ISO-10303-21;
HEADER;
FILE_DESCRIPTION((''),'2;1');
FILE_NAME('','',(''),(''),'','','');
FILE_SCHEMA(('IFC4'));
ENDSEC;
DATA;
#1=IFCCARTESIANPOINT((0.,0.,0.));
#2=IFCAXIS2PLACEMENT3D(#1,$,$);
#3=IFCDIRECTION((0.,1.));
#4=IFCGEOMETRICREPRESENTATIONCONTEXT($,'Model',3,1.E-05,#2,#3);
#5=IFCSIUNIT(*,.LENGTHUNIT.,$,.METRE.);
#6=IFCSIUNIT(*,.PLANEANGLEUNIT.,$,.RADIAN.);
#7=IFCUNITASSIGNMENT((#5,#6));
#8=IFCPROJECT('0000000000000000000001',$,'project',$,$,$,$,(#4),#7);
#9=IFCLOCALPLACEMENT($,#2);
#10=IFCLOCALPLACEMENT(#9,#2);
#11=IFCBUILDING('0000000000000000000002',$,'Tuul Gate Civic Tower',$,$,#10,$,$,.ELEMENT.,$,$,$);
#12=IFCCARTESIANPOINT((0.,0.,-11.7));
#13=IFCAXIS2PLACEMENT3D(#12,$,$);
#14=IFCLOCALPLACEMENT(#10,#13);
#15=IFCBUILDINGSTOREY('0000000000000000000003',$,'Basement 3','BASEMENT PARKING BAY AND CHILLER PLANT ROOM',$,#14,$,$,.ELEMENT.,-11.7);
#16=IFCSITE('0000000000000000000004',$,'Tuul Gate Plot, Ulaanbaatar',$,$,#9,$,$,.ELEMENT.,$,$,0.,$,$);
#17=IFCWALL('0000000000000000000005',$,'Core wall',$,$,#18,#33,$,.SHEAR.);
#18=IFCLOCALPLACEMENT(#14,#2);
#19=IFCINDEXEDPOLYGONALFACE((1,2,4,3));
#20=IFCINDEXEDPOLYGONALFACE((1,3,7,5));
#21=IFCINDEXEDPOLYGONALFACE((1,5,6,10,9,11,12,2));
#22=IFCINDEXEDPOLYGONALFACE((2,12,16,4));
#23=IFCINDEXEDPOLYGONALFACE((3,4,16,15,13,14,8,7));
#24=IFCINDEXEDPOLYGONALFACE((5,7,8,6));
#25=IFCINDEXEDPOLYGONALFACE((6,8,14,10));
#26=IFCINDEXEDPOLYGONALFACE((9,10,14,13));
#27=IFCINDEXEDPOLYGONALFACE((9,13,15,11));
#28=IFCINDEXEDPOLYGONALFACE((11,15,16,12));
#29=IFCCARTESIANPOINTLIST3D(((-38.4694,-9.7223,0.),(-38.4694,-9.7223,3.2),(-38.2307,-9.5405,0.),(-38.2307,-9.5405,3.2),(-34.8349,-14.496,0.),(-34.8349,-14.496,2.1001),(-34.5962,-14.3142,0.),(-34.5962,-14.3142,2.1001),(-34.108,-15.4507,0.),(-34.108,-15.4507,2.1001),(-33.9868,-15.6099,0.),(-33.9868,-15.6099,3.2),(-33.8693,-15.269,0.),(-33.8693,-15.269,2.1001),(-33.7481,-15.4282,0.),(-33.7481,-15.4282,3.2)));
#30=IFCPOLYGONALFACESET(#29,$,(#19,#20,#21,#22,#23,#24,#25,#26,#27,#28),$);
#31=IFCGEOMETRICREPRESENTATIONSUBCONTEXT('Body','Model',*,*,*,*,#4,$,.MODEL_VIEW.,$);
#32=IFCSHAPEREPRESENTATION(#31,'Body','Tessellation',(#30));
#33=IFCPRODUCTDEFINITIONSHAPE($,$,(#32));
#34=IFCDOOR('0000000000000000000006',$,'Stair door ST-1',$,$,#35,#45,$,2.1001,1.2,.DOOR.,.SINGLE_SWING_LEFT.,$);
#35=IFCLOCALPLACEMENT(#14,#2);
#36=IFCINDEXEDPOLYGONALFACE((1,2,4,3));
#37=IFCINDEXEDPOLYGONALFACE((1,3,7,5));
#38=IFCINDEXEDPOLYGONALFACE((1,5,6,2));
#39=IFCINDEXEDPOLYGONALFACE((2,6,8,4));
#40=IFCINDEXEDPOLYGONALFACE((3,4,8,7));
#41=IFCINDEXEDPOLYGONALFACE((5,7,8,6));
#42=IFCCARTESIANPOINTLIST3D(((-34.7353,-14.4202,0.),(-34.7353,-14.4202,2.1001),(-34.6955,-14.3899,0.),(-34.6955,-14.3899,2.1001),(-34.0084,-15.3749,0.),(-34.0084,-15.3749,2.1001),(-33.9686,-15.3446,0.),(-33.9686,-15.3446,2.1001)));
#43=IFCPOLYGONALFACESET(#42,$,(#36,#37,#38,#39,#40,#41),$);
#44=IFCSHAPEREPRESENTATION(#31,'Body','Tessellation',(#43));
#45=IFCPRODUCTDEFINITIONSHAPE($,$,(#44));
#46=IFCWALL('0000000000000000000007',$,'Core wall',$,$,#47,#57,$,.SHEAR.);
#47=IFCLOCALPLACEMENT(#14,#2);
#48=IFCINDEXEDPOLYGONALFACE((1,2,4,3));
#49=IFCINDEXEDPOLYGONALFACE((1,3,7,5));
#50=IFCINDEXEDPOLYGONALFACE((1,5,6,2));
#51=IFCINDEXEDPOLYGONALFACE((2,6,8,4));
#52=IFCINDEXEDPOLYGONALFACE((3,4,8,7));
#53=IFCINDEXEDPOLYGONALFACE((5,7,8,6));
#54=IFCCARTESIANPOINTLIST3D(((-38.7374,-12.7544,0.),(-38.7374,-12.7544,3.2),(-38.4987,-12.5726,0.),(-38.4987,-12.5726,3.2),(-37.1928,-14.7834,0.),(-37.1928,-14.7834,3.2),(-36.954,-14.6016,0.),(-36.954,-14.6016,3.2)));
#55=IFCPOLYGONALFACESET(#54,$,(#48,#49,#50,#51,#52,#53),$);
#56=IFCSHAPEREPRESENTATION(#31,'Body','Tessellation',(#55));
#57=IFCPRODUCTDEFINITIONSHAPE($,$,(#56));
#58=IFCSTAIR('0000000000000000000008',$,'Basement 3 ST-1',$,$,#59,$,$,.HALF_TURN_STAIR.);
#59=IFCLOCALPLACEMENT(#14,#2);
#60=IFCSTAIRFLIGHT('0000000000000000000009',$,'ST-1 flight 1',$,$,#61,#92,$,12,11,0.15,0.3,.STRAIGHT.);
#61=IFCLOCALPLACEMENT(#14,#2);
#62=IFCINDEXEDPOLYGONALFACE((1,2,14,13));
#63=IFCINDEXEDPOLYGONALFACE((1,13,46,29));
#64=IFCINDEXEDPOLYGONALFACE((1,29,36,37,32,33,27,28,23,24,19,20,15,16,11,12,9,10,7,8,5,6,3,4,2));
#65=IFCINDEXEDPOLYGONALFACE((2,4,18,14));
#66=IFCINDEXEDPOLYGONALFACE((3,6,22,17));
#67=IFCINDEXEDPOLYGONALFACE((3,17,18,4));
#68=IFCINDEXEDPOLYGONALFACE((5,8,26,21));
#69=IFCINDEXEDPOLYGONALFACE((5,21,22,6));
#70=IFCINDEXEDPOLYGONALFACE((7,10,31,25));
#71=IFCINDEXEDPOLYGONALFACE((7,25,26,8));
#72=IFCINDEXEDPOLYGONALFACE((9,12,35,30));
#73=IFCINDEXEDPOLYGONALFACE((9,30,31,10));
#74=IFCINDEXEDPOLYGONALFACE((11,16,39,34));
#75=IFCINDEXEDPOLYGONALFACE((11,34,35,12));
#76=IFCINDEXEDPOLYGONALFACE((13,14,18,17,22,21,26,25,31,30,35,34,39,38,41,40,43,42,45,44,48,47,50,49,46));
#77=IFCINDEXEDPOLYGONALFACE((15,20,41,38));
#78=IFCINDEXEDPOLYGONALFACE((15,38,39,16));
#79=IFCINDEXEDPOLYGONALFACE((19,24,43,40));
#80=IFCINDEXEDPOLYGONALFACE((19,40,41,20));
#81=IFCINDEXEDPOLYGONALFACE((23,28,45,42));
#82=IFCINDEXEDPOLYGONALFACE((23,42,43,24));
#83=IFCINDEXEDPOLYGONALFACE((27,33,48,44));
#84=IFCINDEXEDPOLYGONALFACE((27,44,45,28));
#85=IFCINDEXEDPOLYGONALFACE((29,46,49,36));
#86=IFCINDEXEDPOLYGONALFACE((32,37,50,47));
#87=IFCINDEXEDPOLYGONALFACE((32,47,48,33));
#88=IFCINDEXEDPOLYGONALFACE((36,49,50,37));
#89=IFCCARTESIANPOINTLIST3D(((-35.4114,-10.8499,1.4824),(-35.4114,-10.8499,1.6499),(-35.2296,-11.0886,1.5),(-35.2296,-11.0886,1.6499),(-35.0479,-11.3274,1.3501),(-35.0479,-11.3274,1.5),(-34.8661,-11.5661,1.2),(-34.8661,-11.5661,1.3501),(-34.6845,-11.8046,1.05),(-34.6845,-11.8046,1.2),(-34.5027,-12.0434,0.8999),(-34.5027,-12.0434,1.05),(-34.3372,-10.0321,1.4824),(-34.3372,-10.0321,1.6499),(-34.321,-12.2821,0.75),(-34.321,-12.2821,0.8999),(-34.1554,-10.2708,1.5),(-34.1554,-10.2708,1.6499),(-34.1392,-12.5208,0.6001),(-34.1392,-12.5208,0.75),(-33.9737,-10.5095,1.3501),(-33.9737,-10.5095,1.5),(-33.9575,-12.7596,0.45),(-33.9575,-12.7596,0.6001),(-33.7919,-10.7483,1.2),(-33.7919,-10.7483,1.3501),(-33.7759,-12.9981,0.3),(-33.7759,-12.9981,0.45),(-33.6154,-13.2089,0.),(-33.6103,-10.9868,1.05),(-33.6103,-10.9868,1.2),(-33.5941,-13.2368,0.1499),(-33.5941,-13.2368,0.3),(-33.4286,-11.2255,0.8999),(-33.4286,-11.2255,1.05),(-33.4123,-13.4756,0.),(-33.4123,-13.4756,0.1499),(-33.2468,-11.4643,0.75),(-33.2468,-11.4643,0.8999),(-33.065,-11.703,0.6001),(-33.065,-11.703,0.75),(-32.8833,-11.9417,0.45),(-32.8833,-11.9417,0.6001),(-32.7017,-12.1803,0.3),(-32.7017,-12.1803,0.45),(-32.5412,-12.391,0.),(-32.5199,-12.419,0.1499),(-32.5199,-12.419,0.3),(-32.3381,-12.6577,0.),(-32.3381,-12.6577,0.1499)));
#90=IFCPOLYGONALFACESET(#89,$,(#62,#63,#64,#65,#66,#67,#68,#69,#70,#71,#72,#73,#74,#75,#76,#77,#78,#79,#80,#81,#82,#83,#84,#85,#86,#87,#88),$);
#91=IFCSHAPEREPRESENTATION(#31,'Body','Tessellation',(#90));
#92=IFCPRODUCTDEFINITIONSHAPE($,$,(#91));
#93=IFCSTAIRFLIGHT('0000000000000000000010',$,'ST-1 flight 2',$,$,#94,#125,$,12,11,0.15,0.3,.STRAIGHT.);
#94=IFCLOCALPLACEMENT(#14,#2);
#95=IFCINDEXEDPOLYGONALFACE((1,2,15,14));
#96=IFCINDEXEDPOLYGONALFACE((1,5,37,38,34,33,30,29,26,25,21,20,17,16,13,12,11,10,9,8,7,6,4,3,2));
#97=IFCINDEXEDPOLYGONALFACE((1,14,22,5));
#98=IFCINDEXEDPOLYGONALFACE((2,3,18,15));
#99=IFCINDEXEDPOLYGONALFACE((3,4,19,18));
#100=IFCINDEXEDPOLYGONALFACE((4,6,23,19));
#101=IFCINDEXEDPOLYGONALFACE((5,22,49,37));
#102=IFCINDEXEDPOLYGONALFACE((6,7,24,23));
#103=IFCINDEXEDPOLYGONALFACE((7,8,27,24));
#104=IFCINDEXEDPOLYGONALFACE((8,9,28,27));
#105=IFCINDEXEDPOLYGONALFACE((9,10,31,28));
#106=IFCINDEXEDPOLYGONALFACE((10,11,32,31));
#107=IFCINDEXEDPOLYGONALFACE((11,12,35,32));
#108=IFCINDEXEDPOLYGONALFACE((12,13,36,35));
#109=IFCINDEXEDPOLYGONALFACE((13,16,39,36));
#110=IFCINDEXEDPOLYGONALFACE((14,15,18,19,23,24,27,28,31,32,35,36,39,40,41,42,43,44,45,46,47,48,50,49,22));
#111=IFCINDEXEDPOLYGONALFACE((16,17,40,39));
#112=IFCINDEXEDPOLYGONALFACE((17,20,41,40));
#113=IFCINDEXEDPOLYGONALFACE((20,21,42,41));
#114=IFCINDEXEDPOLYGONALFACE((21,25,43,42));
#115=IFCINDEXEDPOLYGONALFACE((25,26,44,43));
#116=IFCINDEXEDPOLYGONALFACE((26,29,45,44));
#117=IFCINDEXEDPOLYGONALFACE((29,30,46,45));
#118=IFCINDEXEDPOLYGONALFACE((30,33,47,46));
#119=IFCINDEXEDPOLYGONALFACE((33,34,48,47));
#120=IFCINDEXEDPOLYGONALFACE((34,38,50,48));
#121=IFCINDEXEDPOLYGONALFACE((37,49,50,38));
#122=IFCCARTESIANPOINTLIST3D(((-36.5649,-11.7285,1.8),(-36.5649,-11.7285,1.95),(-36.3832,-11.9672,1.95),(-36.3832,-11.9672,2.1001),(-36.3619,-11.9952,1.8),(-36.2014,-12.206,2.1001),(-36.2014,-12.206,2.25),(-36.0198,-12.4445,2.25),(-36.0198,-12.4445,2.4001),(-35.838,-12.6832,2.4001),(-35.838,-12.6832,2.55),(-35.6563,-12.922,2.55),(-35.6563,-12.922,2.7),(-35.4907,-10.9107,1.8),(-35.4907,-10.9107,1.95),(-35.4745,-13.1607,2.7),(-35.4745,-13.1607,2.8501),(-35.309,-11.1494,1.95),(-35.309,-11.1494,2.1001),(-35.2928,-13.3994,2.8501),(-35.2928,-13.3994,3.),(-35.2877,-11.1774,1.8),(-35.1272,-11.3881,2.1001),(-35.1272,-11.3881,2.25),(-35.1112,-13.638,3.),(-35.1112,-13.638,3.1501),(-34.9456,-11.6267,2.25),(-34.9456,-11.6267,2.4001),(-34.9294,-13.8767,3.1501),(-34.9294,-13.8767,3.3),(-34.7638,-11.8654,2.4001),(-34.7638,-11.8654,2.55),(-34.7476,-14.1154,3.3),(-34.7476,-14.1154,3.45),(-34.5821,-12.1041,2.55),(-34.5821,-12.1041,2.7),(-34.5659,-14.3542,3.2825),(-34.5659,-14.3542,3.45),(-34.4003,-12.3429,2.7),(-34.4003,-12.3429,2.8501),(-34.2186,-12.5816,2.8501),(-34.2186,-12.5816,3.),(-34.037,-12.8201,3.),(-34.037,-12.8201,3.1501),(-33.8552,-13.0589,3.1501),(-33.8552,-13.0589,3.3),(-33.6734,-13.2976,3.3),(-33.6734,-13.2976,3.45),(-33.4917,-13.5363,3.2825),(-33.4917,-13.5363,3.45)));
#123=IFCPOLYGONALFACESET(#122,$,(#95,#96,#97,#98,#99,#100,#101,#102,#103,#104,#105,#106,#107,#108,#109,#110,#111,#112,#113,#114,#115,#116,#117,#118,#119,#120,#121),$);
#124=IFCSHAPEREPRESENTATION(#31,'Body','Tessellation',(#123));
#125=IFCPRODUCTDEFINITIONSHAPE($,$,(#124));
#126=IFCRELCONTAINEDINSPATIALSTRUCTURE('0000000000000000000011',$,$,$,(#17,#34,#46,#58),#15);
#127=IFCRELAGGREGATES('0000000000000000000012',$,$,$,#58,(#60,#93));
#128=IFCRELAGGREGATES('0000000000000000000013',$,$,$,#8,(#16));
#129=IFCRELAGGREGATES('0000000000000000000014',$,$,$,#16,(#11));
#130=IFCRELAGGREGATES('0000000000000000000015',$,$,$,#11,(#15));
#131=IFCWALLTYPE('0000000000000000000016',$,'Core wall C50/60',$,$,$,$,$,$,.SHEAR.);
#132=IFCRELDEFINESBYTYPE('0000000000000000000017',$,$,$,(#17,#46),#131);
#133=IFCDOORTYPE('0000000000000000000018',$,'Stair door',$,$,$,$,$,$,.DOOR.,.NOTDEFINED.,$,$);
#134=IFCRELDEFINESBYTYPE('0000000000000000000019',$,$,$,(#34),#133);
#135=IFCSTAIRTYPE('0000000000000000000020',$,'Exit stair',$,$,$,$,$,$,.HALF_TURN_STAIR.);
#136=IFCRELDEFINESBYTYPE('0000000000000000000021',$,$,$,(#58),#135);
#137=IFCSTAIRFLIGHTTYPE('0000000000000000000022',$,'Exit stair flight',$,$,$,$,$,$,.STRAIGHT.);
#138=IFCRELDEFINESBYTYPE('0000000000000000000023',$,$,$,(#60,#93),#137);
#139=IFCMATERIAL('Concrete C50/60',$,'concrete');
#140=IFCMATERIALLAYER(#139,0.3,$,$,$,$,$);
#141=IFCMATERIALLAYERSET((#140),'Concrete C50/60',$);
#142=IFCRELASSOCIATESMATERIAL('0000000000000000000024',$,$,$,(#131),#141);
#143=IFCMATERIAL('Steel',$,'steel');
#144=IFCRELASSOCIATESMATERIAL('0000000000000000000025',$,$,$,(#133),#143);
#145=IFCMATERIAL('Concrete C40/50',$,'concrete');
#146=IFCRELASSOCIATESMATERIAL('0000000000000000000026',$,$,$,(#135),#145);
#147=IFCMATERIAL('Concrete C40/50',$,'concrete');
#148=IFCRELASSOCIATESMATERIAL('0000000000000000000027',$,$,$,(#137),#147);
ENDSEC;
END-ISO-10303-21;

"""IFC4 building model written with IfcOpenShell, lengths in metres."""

from ifc_helpers import new_model, si_unit, direction, frame, frame_2d, origin, place, context, subcontext, project, spatial, polyline, rectangle, outline, extrude, material, layer, layer_set, type_object, element, fill, aggregate, save


model = new_model("IFC4")

# Units and contexts
model_context = context("Model", 3, precision=1e-05, world=origin(), true_north=direction((0.0, 1.0)))
body_context = subcontext(model_context, "Body", "Model", "MODEL_VIEW")
ifc_project = project(units=[si_unit("LENGTHUNIT", "METRE"), si_unit("PLANEANGLEUNIT", "RADIAN")], contexts=[model_context])

# Site, building, storey
site_placement = place(None, origin())
site = spatial("IfcSite", under=ifc_project, at=site_placement, Name="Tuul Gate Plot, Ulaanbaatar", CompositionType="ELEMENT", RefElevation=0.0)
building_placement = place(site_placement, origin())
building = spatial("IfcBuilding", under=site, at=building_placement, Name="Tuul Gate Civic Tower", CompositionType="ELEMENT")
storey_placement = place(building_placement, frame((0.0, 0.0, -11.7)))
storey = spatial("IfcBuildingStorey", under=building, at=storey_placement, Name="Basement 3", Description="BASEMENT PARKING BAY AND CHILLER PLANT ROOM", CompositionType="ELEMENT", Elevation=-11.7)

# Shared definitions
ifc_material_1 = material(Name="Concrete C50/60", Category="concrete")
ifc_layer = layer(ifc_material_1, 0.3)
ifc_layer_set = layer_set([ifc_layer], Name="Concrete C50/60")
wall_type = type_object("IfcWallType", Name="Core wall C50/60", PredefinedType="SHEAR", material=ifc_layer_set)

# Wall, opening, door
wall_1_placement = place(storey_placement, frame((-33.8674, -15.519, 0.0), z_axis=(0.0, 0.0, 1.0), x_axis=(-0.60577, 0.79564, 0.0)))
wall_1 = element("IfcWall", 1, at=wall_1_placement, inside=storey, type_object=wall_type, Name="Core wall", PredefinedType="SHEAR", context=body_context, shape_type="SweptSolid", body=[
    extrude(rectangle(XDim=7.3999, YDim=0.3, at=frame_2d((3.7, 0.0))), origin(), (0.0, 0.0, 1.0), 3.2),
])
opening_1_placement = place(wall_1_placement, frame((0.2, 0.0, 0.0)))
opening_1 = element("IfcOpeningElement", 2, at=opening_1_placement, cuts=wall_1, PredefinedType="OPENING", context=body_context, shape_type="SweptSolid", body=[
    extrude(rectangle(XDim=1.2, YDim=2.1001, at=frame_2d((0.6001, 1.05))), frame((0.0, 0.1602, 0.0), z_axis=(0.0, -1.0, 0.0), x_axis=(1.0, 0.0, 0.0)), (0.0, 0.0, 1.0), 0.3201),
])
ifc_material_2 = material(Name="Steel", Category="steel")
door_type_1 = type_object("IfcDoorType", Name="Stair door", OperationType="NOTDEFINED", PredefinedType="DOOR", material=ifc_material_2)
door_1_placement = place(opening_1_placement, origin())
door_1 = element("IfcDoor", 3, at=door_1_placement, inside=storey, type_object=door_type_1, Name="Stair door ST-1", OperationType="SINGLE_SWING_LEFT", OverallHeight=2.1001, OverallWidth=1.2, PredefinedType="DOOR", context=body_context, shape_type="SweptSolid", body=[
    extrude(rectangle(XDim=1.2, YDim=2.1001, at=frame_2d((0.6001, 1.05))), frame((0.0, 0.0249, 0.0), z_axis=(0.0, -1.0, 0.0), x_axis=(1.0, 0.0, 0.0)), (0.0, 0.0, 1.0), 0.05),
])
fill(opening_1, door_1)

# Wall
wall_2_placement = place(storey_placement, frame((-37.0735, -14.6924, 0.0), z_axis=(0.0, 0.0, 1.0), x_axis=(-0.605729, 0.795671, 0.0)))
element("IfcWall", 4, at=wall_2_placement, inside=storey, type_object=wall_type, Name="Core wall", PredefinedType="SHEAR", context=body_context, shape_type="SweptSolid", body=[
    extrude(rectangle(XDim=2.55, YDim=0.3, at=frame_2d((1.2749, 0.0))), origin(), (0.0, 0.0, 1.0), 3.2),
])

# Stair, stair flights
ifc_material_3 = material(Name="Concrete C40/50", Category="concrete")
stair_type = type_object("IfcStairType", Name="Exit stair", PredefinedType="HALF_TURN_STAIR", material=ifc_material_3)
stair_placement = place(storey_placement, origin())
stair = element("IfcStair", 5, at=stair_placement, inside=storey, type_object=stair_type, Name="Basement 3 ST-1", PredefinedType="HALF_TURN_STAIR")
ifc_material_4 = material(Name="Concrete C40/50", Category="concrete")
stair_flight_type = type_object("IfcStairFlightType", Name="Exit stair flight", PredefinedType="STRAIGHT", material=ifc_material_4)
stair_flight_1_placement = place(storey_placement, frame((-32.8752, -13.0667, 0.0), z_axis=(0.0, 0.0, 1.0), x_axis=(-0.605764, 0.795644, 0.0)))
stair_flight_1 = element("IfcStairFlight", 6, at=stair_flight_1_placement, type_object=stair_flight_type, Name="ST-1 flight 1", NumberOfRisers=12, NumberOfTreads=11, PredefinedType="STRAIGHT", RiserHeight=0.15, TreadLength=0.3, context=body_context, shape_type="SweptSolid", body=[
    extrude(outline(polyline([(0.0, 0.0), (0.0, 0.1499), (0.3, 0.1499), (0.3, 0.3), (0.6001, 0.3), (0.6001, 0.45), (0.8999, 0.45), (0.8999, 0.6001), (1.2, 0.6001), (1.2, 0.75), (1.5, 0.75), (1.5, 0.8999), (1.8, 0.8999), (1.8, 1.05), (2.1001, 1.05), (2.1001, 1.2), (2.3999, 1.2), (2.3999, 1.3501), (2.7, 1.3501), (2.7, 1.5), (3.0, 1.5), (3.0, 1.6499), (3.3, 1.6499), (3.3, 1.8), (3.3, 1.4824), (0.3352, 0.0), (0.0, 0.0)])), frame((0.0, 0.675, 0.0), z_axis=(0.0, -1.0, 0.0), x_axis=(1.0, 0.0, 0.0)), (0.0, 0.0, 1.0), 1.3501),
])
stair_flight_2_placement = place(storey_placement, frame((-36.0278, -11.3196, 1.8), z_axis=(0.0, 0.0, 1.0), x_axis=(0.605764, -0.795644, 0.0)))
stair_flight_2 = element("IfcStairFlight", 7, at=stair_flight_2_placement, type_object=stair_flight_type, Name="ST-1 flight 2", NumberOfRisers=12, NumberOfTreads=11, PredefinedType="STRAIGHT", RiserHeight=0.15, TreadLength=0.3, context=body_context, shape_type="SweptSolid", body=[
    extrude(outline(polyline([(0.0, 0.0), (0.0, 0.1499), (0.3, 0.1499), (0.3, 0.3), (0.6001, 0.3), (0.6001, 0.45), (0.8999, 0.45), (0.8999, 0.6001), (1.2, 0.6001), (1.2, 0.75), (1.5, 0.75), (1.5, 0.8999), (1.8, 0.8999), (1.8, 1.05), (2.1001, 1.05), (2.1001, 1.2), (2.3999, 1.2), (2.3999, 1.3501), (2.7, 1.3501), (2.7, 1.5), (3.0, 1.5), (3.0, 1.6499), (3.3, 1.6499), (3.3, 1.8), (3.3, 1.4824), (0.3352, 0.0), (0.0, 0.0)])), frame((0.0, 0.675, 0.0), z_axis=(0.0, -1.0, 0.0), x_axis=(1.0, 0.0, 0.0)), (0.0, 0.0, 1.0), 1.3501),
])
aggregate(stair, [stair_flight_1, stair_flight_2])

save(model, "model.ifc")
